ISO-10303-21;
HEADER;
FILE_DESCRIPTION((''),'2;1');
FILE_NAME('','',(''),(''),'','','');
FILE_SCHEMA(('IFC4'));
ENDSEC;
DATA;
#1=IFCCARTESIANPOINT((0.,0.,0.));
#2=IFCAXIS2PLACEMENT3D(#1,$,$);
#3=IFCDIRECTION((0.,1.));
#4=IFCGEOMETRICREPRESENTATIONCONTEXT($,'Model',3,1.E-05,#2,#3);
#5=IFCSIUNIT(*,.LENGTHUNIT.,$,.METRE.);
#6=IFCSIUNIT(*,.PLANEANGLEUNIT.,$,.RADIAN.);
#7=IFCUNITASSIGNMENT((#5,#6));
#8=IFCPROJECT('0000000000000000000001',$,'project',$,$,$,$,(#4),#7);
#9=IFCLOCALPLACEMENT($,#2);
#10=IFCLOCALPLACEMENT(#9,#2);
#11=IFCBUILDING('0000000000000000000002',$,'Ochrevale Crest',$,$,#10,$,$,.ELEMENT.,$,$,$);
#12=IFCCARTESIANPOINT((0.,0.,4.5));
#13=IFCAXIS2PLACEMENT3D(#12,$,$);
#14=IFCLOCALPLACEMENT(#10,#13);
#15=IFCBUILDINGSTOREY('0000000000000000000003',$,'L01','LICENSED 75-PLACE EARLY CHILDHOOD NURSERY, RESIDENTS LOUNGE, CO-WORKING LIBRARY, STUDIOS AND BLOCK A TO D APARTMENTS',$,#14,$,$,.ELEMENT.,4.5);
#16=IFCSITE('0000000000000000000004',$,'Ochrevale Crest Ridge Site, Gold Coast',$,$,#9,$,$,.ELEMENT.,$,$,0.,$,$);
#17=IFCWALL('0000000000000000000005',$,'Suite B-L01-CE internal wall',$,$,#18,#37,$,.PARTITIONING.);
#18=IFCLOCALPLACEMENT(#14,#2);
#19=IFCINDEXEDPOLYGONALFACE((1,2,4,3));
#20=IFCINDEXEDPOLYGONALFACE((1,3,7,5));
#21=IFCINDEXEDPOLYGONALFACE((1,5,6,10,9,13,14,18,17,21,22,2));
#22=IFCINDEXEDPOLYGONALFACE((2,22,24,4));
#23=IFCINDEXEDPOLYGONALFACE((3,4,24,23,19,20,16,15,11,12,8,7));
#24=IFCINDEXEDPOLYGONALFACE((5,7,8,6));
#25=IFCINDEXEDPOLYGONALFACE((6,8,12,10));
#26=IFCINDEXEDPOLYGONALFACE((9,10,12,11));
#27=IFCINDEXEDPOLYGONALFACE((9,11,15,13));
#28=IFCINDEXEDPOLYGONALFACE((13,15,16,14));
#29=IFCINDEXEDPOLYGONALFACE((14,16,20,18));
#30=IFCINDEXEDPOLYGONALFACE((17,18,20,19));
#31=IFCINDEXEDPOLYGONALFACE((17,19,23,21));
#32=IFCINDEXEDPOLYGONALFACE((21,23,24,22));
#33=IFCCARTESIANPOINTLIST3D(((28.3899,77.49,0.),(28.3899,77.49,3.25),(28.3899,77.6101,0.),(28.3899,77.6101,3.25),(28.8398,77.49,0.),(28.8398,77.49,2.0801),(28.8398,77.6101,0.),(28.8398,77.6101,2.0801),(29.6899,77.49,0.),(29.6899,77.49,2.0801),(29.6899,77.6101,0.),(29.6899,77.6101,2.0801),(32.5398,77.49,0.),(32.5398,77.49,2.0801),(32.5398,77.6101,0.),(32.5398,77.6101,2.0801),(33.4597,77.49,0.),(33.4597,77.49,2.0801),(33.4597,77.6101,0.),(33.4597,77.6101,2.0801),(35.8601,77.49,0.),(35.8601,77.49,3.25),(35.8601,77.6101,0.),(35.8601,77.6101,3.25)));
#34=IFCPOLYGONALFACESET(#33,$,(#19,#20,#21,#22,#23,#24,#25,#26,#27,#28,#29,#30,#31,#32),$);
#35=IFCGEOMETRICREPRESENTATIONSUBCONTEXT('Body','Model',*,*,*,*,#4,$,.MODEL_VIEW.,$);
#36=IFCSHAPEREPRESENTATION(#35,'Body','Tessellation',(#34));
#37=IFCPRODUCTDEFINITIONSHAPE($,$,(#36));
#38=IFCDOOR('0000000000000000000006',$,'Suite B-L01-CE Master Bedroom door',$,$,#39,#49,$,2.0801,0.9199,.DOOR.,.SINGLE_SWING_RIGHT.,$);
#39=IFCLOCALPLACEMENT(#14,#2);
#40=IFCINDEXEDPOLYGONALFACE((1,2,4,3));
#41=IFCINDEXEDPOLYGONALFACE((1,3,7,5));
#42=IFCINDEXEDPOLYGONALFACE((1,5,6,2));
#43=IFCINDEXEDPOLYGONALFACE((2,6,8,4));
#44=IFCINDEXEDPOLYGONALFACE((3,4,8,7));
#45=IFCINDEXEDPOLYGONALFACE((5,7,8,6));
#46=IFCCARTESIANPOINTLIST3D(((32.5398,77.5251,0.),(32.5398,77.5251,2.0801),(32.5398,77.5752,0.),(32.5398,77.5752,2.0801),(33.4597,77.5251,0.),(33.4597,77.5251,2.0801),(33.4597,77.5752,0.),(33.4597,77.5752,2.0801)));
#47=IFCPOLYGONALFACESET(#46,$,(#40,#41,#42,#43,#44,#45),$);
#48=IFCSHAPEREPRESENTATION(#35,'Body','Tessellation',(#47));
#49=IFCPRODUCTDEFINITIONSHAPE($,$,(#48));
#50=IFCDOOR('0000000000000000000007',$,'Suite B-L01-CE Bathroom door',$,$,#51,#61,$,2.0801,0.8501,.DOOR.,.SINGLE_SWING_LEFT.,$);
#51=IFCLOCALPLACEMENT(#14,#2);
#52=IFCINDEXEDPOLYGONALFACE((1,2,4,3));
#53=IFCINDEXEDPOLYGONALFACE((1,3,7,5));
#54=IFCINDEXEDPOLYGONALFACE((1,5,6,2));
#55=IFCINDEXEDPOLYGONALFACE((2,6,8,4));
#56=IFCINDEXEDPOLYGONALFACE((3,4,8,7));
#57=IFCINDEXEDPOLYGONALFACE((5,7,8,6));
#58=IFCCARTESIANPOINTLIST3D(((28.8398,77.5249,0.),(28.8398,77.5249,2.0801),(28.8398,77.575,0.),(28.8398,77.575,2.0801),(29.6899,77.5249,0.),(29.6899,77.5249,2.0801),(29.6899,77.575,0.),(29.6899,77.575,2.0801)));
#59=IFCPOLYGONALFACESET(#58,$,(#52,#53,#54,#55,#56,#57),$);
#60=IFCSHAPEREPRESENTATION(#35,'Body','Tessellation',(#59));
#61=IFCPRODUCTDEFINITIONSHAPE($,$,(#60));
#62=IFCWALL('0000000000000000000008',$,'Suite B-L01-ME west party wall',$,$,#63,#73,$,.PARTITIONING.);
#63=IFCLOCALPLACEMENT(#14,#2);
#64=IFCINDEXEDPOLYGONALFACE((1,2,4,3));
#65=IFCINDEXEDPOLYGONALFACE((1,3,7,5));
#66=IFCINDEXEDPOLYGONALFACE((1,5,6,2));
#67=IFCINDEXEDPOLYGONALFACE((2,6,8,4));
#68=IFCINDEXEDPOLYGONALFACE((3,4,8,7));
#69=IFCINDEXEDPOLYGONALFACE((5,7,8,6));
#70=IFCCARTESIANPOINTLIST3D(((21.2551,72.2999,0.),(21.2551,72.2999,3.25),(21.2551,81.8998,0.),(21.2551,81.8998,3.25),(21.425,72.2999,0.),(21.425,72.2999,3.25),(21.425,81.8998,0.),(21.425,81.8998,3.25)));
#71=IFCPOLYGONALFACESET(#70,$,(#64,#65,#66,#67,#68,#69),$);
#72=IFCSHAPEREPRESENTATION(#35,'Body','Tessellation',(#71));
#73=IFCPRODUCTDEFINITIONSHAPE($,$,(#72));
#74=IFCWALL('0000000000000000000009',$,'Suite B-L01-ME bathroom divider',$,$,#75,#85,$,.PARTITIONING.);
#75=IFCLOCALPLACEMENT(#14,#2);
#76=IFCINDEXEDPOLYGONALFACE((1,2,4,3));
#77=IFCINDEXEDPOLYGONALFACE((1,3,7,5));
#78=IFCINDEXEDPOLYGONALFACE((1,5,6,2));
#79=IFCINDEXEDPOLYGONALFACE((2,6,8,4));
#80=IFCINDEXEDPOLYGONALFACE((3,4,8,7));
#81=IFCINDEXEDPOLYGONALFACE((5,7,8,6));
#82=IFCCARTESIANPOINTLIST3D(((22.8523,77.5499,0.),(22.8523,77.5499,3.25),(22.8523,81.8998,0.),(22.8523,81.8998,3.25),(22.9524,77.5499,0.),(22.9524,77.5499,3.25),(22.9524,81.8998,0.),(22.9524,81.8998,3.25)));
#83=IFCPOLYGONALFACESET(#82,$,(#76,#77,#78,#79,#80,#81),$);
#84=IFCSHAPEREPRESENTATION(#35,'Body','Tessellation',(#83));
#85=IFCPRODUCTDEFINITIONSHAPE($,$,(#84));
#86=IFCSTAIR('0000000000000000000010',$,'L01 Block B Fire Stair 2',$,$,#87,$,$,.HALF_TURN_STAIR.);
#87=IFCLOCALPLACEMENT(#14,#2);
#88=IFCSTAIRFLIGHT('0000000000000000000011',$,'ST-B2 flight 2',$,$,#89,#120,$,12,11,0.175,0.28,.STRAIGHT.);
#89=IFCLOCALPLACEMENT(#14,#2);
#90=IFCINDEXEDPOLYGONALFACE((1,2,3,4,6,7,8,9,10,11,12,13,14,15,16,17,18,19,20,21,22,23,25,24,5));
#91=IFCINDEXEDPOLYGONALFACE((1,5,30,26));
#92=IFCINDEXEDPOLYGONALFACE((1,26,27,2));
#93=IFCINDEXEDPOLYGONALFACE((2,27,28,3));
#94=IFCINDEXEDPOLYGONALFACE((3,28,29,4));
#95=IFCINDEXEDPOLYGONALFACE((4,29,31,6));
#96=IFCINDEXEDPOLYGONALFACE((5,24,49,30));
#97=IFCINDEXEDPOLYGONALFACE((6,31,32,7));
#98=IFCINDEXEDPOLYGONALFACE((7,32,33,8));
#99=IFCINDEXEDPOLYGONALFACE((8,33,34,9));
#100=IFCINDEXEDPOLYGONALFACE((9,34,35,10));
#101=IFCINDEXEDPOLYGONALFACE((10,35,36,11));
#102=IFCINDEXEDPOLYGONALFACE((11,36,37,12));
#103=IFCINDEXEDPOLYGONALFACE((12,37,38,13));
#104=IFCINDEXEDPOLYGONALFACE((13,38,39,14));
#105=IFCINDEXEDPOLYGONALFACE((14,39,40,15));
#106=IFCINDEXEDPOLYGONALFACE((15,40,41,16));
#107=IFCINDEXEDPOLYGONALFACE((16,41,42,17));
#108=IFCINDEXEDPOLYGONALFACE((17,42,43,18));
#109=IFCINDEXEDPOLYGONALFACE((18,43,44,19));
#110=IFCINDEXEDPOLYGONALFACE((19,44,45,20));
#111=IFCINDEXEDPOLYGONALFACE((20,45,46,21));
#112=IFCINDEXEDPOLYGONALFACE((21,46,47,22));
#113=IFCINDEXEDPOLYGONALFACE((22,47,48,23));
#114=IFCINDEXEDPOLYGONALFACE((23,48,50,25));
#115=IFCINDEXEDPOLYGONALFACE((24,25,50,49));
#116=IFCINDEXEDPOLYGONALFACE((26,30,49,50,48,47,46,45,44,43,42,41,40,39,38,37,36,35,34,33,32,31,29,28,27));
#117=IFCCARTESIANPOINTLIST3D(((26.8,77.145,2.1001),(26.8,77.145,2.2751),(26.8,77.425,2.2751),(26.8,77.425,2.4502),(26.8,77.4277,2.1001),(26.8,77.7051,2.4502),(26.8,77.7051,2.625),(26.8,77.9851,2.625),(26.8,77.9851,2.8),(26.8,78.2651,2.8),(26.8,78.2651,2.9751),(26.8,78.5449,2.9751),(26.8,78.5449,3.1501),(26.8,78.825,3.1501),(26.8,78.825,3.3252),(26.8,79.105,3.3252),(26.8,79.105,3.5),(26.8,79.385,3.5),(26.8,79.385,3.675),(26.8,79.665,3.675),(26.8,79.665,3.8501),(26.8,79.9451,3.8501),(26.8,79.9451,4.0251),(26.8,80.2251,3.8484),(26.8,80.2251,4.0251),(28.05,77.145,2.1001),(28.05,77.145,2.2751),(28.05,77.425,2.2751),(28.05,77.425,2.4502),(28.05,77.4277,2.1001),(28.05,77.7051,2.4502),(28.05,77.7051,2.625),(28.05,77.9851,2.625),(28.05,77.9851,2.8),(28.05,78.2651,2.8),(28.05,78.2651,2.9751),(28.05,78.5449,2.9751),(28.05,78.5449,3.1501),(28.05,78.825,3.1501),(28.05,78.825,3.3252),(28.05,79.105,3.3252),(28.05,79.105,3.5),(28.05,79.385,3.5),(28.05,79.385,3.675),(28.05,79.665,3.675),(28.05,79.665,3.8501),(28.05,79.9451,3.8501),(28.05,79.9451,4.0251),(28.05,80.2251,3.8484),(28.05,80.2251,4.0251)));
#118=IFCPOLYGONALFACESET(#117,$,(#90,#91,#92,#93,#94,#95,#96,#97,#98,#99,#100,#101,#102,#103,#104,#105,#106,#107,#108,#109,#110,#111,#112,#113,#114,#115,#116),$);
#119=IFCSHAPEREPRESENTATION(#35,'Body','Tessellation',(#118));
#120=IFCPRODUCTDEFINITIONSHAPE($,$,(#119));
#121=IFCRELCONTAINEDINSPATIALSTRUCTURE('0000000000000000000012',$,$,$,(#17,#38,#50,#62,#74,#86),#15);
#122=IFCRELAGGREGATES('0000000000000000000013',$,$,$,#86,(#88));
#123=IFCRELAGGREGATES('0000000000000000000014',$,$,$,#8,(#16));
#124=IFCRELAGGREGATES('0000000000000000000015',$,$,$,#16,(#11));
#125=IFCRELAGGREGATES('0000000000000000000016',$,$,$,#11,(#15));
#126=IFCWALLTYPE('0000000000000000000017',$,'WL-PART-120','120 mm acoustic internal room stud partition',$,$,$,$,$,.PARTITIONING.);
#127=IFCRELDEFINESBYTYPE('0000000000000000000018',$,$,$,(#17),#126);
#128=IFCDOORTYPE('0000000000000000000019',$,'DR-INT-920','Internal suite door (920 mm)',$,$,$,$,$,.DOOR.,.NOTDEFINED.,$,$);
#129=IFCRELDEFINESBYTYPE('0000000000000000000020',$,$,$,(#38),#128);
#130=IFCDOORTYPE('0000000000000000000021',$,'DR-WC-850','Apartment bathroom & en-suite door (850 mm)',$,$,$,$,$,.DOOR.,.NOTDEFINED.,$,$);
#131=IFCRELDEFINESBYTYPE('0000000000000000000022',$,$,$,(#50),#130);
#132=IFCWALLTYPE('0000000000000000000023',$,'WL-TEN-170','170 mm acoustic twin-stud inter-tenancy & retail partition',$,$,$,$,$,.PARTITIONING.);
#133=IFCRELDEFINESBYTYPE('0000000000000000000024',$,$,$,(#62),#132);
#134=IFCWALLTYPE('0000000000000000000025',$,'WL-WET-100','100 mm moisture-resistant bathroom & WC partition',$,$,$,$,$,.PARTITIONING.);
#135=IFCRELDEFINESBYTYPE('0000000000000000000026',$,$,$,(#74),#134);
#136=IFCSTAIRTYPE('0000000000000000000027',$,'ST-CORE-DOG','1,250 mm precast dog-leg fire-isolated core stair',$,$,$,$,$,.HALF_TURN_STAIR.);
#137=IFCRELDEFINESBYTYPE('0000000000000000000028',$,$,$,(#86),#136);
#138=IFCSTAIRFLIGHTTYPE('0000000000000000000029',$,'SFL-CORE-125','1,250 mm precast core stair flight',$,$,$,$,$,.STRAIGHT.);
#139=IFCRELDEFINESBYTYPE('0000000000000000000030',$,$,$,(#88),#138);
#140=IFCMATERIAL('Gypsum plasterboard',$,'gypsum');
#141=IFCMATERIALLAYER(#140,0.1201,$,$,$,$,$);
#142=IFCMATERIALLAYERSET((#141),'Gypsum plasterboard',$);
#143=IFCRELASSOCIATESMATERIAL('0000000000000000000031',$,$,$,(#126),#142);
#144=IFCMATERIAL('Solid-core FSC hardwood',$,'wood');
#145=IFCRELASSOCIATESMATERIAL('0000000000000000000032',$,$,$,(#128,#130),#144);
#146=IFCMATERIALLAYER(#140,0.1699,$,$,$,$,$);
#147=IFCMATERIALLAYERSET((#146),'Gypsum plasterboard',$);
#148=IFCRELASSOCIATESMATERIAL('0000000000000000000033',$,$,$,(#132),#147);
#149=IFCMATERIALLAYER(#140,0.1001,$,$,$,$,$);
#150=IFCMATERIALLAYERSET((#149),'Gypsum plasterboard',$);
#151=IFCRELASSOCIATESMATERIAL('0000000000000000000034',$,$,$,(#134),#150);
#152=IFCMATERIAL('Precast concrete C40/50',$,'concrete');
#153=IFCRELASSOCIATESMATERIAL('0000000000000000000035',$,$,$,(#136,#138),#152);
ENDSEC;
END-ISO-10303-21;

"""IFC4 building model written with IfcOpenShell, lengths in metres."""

from ifc_helpers import new_model, si_unit, direction, frame, frame_2d, origin, place, context, subcontext, project, spatial, polyline, rectangle, outline, extrude, material, layer, layer_set, type_object, element, fill, aggregate, save


model = new_model("IFC4")

# Units and contexts
model_context = context("Model", 3, precision=1e-05, world=origin(), true_north=direction((0.0, 1.0)))
body_context = subcontext(model_context, "Body", "Model", "MODEL_VIEW")
ifc_project = project(units=[si_unit("LENGTHUNIT", "METRE"), si_unit("PLANEANGLEUNIT", "RADIAN")], contexts=[model_context])

# Site, building, storey
site_placement = place(None, origin())
site = spatial("IfcSite", under=ifc_project, at=site_placement, Name="Ochrevale Crest Ridge Site, Gold Coast", CompositionType="ELEMENT", RefElevation=0.0)
building_placement = place(site_placement, origin())
building = spatial("IfcBuilding", under=site, at=building_placement, Name="Ochrevale Crest", CompositionType="ELEMENT")
storey_placement = place(building_placement, frame((0.0, 0.0, 4.5)))
storey = spatial("IfcBuildingStorey", under=building, at=storey_placement, Name="L01", Description="LICENSED 75-PLACE EARLY CHILDHOOD NURSERY, RESIDENTS LOUNGE, CO-WORKING LIBRARY, STUDIOS AND BLOCK A TO D APARTMENTS", CompositionType="ELEMENT", Elevation=4.5)

# Wall, openings, doors
ifc_material_1 = material(Name="Gypsum plasterboard", Category="gypsum")
ifc_layer_1 = layer(ifc_material_1, 0.1201)
ifc_layer_set_1 = layer_set([ifc_layer_1], Name="Gypsum plasterboard")
wall_type_1 = type_object("IfcWallType", Name="WL-PART-120", Description="120 mm acoustic internal room stud partition", PredefinedType="PARTITIONING", material=ifc_layer_set_1)
ifc_material_2 = material(Name="Solid-core FSC hardwood", Category="wood")
door_type_1 = type_object("IfcDoorType", Name="DR-INT-920", Description="Internal suite door (920 mm)", OperationType="NOTDEFINED", PredefinedType="DOOR", material=ifc_material_2)
door_type_2 = type_object("IfcDoorType", Name="DR-WC-850", Description="Apartment bathroom & en-suite door (850 mm)", OperationType="NOTDEFINED", PredefinedType="DOOR", material=ifc_material_2)
wall_1_placement = place(storey_placement, frame((28.3899, 77.55, 0.0), z_axis=(0.0, 0.0, 1.0), x_axis=(1.0, 0.0, 0.0)))
wall_1 = element("IfcWall", 1, at=wall_1_placement, inside=storey, type_object=wall_type_1, Name="Suite B-L01-CE internal wall", PredefinedType="PARTITIONING", context=body_context, shape_type="SweptSolid", body=[
    extrude(rectangle(XDim=7.4702, YDim=0.1201, at=frame_2d((3.7351, 0.0))), origin(), (0.0, 0.0, 1.0), 3.25),
])
opening_1_placement = place(wall_1_placement, frame((0.45, 0.0, 0.0)))
opening_1 = element("IfcOpeningElement", 2, at=opening_1_placement, cuts=wall_1, PredefinedType="OPENING", context=body_context, shape_type="SweptSolid", body=[
    extrude(rectangle(XDim=0.8501, YDim=2.0801, at=frame_2d((0.425, 1.04))), frame((0.0, 0.0701, 0.0), z_axis=(0.0, -1.0, 0.0), x_axis=(1.0, 0.0, 0.0)), (0.0, 0.0, 1.0), 0.1401),
])
opening_2_placement = place(wall_1_placement, frame((5.0698, 0.0, 0.0), z_axis=(0.0, 0.0, 1.0), x_axis=(-1.0, 0.0, 0.0)))
opening_2 = element("IfcOpeningElement", 3, at=opening_2_placement, cuts=wall_1, PredefinedType="OPENING", context=body_context, shape_type="SweptSolid", body=[
    extrude(rectangle(XDim=0.9199, YDim=2.0801, at=frame_2d((0.46, 1.04))), frame((0.0, 0.0701, 0.0), z_axis=(0.0, -1.0, 0.0), x_axis=(1.0, 0.0, 0.0)), (0.0, 0.0, 1.0), 0.1401),
])
door_1_placement = place(opening_2_placement, origin())
door_1 = element("IfcDoor", 4, at=door_1_placement, inside=storey, type_object=door_type_1, Name="Suite B-L01-CE Master Bedroom door", OperationType="SINGLE_SWING_RIGHT", OverallHeight=2.0801, OverallWidth=0.9199, PredefinedType="DOOR", context=body_context, shape_type="SweptSolid", body=[
    extrude(rectangle(XDim=0.9199, YDim=2.0801, at=frame_2d((0.46, 1.04))), frame((0.0, 0.0249, 0.0), z_axis=(0.0, -1.0, 0.0), x_axis=(1.0, 0.0, 0.0)), (0.0, 0.0, 1.0), 0.05),
])
fill(opening_2, door_1)
door_2_placement = place(opening_1_placement, origin())
door_2 = element("IfcDoor", 5, at=door_2_placement, inside=storey, type_object=door_type_2, Name="Suite B-L01-CE Bathroom door", OperationType="SINGLE_SWING_LEFT", OverallHeight=2.0801, OverallWidth=0.8501, PredefinedType="DOOR", context=body_context, shape_type="SweptSolid", body=[
    extrude(rectangle(XDim=0.8501, YDim=2.0801, at=frame_2d((0.425, 1.04))), frame((0.0, 0.0249, 0.0), z_axis=(0.0, -1.0, 0.0), x_axis=(1.0, 0.0, 0.0)), (0.0, 0.0, 1.0), 0.05),
])
fill(opening_1, door_2)

# Walls
ifc_layer_2 = layer(ifc_material_1, 0.1699)
ifc_layer_set_2 = layer_set([ifc_layer_2], Name="Gypsum plasterboard")
wall_type_2 = type_object("IfcWallType", Name="WL-TEN-170", Description="170 mm acoustic twin-stud inter-tenancy & retail partition", PredefinedType="PARTITIONING", material=ifc_layer_set_2)
wall_2_placement = place(storey_placement, frame((21.3401, 72.3, 0.0), z_axis=(0.0, 0.0, 1.0), x_axis=(0.0, 1.0, 0.0)))
element("IfcWall", 6, at=wall_2_placement, inside=storey, type_object=wall_type_2, Name="Suite B-L01-ME west party wall", PredefinedType="PARTITIONING", context=body_context, shape_type="SweptSolid", body=[
    extrude(rectangle(XDim=9.5999, YDim=0.1699, at=frame_2d((4.7998, 0.0))), origin(), (0.0, 0.0, 1.0), 3.25),
])
ifc_layer_3 = layer(ifc_material_1, 0.1001)
ifc_layer_set_3 = layer_set([ifc_layer_3], Name="Gypsum plasterboard")
wall_type_3 = type_object("IfcWallType", Name="WL-WET-100", Description="100 mm moisture-resistant bathroom & WC partition", PredefinedType="PARTITIONING", material=ifc_layer_set_3)
wall_3_placement = place(storey_placement, frame((22.9023, 77.55, 0.0), z_axis=(0.0, 0.0, 1.0), x_axis=(0.0, 1.0, 0.0)))
element("IfcWall", 7, at=wall_3_placement, inside=storey, type_object=wall_type_3, Name="Suite B-L01-ME bathroom divider", PredefinedType="PARTITIONING", context=body_context, shape_type="SweptSolid", body=[
    extrude(rectangle(XDim=4.3499, YDim=0.1001, at=frame_2d((2.1748, 0.0))), origin(), (0.0, 0.0, 1.0), 3.25),
])

# Stair, stair flight
ifc_material_3 = material(Name="Precast concrete C40/50", Category="concrete")
stair_type = type_object("IfcStairType", Name="ST-CORE-DOG", Description="1,250 mm precast dog-leg fire-isolated core stair", PredefinedType="HALF_TURN_STAIR", material=ifc_material_3)
stair_placement = place(storey_placement, origin())
stair = element("IfcStair", 8, at=stair_placement, inside=storey, type_object=stair_type, Name="L01 Block B Fire Stair 2", PredefinedType="HALF_TURN_STAIR")
stair_flight_type = type_object("IfcStairFlightType", Name="SFL-CORE-125", Description="1,250 mm precast core stair flight", PredefinedType="STRAIGHT", material=ifc_material_3)
stair_flight_placement = place(storey_placement, frame((27.425, 77.145, 2.1001), z_axis=(0.0, 0.0, 1.0), x_axis=(0.0, 1.0, 0.0)))
stair_flight = element("IfcStairFlight", 9, at=stair_flight_placement, type_object=stair_flight_type, Name="ST-B2 flight 2", NumberOfRisers=12, NumberOfTreads=11, PredefinedType="STRAIGHT", RiserHeight=0.175, TreadLength=0.28, context=body_context, shape_type="SweptSolid", body=[
    extrude(outline(polyline([(0.0, 0.0), (0.0, 0.175), (0.28, 0.175), (0.28, 0.3501), (0.5601, 0.3501), (0.5601, 0.5249), (0.8401, 0.5249), (0.8401, 0.7), (1.1201, 0.7), (1.1201, 0.875), (1.3999, 0.875), (1.3999, 1.05), (1.6799, 1.05), (1.6799, 1.2251), (1.96, 1.2251), (1.96, 1.3999), (2.24, 1.3999), (2.24, 1.575), (2.52, 1.575), (2.52, 1.75), (2.8, 1.75), (2.8, 1.925), (3.0801, 1.925), (3.0801, 2.1001), (3.0801, 1.7483), (0.2827, 0.0), (0.0, 0.0)])), frame((0.0, 0.625, 0.0), z_axis=(0.0, -1.0, 0.0), x_axis=(1.0, 0.0, 0.0)), (0.0, 0.0, 1.0), 1.25),
])
aggregate(stair, [stair_flight])

save(model, "model.ifc")
